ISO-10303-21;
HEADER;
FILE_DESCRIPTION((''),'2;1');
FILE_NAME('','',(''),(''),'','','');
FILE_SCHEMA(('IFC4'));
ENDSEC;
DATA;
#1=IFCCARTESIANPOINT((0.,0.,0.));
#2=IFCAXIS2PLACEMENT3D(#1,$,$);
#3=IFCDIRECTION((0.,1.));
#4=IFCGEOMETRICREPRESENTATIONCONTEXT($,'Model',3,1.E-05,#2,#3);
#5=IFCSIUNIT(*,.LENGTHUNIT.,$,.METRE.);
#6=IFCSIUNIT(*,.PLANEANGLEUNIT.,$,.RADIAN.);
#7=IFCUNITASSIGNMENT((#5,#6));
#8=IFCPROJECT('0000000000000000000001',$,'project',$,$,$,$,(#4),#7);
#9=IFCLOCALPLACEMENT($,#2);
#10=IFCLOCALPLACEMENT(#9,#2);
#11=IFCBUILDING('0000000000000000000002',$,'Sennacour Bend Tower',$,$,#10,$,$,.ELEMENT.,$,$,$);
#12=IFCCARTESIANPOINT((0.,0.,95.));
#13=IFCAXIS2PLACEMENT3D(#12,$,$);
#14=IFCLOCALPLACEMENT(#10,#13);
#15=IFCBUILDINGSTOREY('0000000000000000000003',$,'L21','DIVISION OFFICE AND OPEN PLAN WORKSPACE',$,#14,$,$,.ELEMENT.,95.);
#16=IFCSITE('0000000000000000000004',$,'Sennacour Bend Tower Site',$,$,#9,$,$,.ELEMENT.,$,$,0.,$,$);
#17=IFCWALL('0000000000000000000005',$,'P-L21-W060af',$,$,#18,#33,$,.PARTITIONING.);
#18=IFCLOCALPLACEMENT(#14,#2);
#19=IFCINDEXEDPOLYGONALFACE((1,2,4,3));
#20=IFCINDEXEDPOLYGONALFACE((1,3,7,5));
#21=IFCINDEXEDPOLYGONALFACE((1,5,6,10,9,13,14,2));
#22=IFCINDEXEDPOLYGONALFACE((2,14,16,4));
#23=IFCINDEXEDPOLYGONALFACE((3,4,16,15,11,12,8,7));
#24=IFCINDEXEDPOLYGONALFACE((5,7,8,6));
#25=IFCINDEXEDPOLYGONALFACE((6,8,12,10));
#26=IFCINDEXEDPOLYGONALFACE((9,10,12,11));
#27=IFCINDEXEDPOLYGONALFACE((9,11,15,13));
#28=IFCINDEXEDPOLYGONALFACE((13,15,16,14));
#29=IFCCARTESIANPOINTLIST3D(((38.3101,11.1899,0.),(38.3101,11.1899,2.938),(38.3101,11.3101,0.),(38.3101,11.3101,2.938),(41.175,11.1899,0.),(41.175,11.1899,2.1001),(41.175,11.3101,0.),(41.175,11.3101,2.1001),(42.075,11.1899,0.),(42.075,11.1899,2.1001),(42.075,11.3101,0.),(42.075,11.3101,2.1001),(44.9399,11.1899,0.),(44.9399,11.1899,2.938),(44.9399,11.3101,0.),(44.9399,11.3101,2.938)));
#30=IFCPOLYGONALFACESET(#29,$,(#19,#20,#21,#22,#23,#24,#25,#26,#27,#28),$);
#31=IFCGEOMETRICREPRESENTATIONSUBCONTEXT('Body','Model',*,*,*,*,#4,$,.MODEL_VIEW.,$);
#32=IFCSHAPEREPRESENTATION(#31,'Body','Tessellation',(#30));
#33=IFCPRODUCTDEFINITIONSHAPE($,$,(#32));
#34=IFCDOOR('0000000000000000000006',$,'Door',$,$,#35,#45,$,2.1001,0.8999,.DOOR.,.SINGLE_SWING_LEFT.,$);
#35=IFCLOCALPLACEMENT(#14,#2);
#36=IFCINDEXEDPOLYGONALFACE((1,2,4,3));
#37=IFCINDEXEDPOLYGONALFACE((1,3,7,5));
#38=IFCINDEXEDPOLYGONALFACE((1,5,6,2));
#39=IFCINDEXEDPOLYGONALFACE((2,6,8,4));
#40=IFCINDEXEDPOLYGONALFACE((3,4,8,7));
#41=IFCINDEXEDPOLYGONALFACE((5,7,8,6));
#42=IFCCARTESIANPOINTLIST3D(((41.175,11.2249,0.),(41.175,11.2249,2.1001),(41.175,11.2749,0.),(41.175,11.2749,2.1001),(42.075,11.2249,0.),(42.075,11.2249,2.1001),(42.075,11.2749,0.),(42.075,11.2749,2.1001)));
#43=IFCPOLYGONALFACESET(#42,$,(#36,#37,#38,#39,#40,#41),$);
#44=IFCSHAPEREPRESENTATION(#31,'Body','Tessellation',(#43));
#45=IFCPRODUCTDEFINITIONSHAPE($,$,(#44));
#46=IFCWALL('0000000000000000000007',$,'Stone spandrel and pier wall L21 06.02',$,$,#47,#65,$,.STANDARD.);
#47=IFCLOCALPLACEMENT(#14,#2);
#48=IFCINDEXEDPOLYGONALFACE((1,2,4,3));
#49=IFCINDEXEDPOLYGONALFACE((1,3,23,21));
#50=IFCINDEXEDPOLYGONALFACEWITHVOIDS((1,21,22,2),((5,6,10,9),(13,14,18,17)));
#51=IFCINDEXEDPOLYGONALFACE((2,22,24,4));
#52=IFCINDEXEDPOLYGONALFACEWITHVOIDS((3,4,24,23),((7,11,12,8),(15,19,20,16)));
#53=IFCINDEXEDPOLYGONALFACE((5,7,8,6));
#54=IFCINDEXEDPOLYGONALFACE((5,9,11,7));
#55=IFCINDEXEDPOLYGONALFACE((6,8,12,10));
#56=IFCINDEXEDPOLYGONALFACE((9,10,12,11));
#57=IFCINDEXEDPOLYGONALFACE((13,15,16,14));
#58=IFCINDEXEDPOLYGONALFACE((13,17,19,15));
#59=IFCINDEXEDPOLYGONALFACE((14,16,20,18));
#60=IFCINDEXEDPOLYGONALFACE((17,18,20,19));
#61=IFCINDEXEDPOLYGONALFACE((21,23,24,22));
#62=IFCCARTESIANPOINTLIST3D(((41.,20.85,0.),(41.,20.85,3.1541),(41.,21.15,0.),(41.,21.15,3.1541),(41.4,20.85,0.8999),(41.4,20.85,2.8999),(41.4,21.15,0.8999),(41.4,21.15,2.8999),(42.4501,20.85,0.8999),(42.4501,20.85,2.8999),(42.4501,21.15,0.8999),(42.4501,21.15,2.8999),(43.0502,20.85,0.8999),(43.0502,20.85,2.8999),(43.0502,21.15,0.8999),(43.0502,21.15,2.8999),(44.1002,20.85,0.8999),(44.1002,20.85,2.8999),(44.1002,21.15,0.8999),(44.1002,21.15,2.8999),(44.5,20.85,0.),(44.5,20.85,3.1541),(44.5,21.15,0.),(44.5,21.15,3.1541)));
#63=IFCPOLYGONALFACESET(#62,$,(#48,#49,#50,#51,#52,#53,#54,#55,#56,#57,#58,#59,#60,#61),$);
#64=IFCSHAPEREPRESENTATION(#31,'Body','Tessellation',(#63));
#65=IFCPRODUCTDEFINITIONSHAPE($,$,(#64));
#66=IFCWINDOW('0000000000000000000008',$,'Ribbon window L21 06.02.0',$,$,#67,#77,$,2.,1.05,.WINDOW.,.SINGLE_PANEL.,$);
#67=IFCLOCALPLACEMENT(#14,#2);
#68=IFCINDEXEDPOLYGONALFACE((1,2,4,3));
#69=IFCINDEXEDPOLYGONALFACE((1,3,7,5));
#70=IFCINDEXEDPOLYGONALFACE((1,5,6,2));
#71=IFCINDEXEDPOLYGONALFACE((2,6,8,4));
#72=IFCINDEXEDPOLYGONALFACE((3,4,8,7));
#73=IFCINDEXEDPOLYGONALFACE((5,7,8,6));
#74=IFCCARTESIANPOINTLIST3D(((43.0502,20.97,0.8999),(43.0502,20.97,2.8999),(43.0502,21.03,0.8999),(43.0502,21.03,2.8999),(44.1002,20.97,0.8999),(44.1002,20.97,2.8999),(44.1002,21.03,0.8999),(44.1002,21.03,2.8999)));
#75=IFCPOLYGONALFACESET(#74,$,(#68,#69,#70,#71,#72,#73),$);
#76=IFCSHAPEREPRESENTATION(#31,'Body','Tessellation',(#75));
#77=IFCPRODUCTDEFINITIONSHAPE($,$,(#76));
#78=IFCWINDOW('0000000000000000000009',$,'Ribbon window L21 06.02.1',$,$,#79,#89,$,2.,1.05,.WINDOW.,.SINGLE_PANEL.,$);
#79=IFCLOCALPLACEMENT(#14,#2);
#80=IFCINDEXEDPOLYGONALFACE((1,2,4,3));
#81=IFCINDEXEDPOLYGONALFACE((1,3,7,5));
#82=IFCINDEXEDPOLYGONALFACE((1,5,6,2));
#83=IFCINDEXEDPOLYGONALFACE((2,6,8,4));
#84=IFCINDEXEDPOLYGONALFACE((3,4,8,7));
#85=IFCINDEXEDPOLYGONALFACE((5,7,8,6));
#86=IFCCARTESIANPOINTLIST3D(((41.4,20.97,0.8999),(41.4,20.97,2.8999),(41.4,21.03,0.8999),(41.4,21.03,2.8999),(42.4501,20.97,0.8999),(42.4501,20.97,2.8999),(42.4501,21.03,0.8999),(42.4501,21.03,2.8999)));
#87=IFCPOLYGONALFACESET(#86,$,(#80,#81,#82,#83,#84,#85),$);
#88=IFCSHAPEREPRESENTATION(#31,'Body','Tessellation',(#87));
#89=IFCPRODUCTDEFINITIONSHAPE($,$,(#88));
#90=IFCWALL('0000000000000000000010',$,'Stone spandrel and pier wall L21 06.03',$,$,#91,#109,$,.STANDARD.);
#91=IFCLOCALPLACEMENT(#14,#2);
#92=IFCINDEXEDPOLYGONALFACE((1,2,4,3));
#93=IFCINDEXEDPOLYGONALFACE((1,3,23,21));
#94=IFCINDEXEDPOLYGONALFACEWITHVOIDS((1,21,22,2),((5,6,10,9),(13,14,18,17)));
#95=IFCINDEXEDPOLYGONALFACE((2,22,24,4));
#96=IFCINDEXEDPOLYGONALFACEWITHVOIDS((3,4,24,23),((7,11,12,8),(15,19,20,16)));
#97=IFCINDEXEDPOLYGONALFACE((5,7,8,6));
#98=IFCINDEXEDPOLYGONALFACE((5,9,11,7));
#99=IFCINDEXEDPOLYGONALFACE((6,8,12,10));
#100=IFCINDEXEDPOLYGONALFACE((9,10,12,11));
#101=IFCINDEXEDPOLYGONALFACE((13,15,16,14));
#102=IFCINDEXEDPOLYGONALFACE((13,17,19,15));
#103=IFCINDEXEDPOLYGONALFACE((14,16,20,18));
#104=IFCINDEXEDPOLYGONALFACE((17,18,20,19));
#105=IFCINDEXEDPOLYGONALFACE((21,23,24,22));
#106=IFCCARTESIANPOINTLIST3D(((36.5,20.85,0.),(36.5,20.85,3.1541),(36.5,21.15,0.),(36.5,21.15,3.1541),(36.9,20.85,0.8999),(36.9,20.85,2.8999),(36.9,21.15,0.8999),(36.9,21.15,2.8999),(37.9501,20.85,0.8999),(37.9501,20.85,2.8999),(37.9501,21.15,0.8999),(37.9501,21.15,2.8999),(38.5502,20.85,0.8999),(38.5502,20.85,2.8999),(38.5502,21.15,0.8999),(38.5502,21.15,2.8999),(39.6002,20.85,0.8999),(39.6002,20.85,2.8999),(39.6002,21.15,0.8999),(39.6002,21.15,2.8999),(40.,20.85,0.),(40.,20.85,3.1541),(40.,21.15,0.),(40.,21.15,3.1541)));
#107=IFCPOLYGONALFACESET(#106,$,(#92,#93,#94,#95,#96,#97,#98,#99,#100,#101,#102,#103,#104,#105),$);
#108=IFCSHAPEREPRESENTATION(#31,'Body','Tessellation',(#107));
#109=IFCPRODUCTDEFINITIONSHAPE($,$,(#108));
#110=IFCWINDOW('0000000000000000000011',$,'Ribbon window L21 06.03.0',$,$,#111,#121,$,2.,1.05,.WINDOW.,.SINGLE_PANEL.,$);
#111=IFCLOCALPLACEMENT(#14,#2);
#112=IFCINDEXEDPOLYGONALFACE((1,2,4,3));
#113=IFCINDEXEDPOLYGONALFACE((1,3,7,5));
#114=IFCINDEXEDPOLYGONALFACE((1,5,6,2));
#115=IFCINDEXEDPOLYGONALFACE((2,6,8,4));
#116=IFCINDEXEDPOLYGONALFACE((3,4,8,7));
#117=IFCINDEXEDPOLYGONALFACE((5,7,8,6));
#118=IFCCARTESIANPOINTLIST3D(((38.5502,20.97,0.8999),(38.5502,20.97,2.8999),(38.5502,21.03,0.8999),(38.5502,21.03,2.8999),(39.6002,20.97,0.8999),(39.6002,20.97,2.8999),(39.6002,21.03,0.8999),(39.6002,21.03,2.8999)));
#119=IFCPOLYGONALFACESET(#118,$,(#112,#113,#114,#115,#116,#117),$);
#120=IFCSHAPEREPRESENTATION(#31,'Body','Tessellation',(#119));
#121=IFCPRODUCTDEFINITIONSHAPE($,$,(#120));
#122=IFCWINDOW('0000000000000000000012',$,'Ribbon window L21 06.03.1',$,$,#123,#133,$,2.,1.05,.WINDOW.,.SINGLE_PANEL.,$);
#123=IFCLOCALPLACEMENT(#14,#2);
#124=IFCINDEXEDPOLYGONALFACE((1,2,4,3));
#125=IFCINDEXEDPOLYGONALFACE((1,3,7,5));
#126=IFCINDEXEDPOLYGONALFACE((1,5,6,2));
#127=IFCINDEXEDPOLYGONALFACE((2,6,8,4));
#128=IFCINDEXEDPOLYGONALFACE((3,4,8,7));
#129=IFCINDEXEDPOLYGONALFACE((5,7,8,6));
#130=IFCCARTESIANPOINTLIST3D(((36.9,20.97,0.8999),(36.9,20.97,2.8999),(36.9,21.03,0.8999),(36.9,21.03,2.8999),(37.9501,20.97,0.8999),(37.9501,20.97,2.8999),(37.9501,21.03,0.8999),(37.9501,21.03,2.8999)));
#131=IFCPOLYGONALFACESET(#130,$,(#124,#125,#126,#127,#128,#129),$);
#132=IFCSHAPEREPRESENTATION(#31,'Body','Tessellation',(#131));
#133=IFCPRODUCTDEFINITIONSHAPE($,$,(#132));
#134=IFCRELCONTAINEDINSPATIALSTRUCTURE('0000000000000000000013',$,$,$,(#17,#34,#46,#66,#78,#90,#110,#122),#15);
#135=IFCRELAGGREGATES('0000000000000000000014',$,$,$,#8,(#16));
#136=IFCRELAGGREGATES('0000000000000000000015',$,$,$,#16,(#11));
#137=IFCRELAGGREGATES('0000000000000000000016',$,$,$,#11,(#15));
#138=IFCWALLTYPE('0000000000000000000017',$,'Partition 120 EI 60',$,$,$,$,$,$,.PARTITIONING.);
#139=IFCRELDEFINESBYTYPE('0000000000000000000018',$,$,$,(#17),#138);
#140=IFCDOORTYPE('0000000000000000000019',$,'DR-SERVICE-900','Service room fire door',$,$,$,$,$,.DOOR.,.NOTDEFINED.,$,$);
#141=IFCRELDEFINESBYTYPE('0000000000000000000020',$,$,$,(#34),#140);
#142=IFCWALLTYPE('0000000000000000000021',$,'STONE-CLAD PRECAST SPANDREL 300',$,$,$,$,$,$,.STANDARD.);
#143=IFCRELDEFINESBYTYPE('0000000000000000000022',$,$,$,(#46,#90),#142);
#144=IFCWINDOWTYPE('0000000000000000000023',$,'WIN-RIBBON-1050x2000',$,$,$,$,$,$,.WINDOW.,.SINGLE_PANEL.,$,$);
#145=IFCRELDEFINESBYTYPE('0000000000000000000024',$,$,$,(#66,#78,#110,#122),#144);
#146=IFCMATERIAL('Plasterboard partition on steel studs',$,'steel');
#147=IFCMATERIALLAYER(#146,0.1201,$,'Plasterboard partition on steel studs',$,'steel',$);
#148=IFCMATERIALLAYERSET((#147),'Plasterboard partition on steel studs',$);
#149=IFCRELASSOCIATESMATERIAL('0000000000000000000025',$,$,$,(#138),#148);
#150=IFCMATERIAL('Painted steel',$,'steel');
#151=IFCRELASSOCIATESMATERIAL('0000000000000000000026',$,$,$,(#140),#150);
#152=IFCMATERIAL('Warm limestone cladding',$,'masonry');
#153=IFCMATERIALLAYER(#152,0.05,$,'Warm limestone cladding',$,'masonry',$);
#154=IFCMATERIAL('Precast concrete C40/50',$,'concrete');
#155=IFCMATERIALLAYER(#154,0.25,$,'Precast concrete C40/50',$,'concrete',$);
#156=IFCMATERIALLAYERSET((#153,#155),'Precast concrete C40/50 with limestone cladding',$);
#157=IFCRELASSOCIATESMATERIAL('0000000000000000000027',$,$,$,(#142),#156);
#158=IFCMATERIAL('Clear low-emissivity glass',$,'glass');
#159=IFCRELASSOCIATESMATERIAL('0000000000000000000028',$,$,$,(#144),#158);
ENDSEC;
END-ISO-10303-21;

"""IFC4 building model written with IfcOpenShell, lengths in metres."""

from ifc_helpers import new_model, si_unit, direction, frame, frame_2d, origin, place, context, subcontext, project, spatial, rectangle, extrude, material, layer, layer_set, type_object, element, fill, save


model = new_model("IFC4")

# Units and contexts
model_context = context("Model", 3, precision=1e-05, world=origin(), true_north=direction((0.0, 1.0)))
body_context = subcontext(model_context, "Body", "Model", "MODEL_VIEW")
ifc_project = project(units=[si_unit("LENGTHUNIT", "METRE"), si_unit("PLANEANGLEUNIT", "RADIAN")], contexts=[model_context])

# Site, building, storey
site_placement = place(None, origin())
site = spatial("IfcSite", under=ifc_project, at=site_placement, Name="Sennacour Bend Tower Site", CompositionType="ELEMENT", RefElevation=0.0)
building_placement = place(site_placement, origin())
building = spatial("IfcBuilding", under=site, at=building_placement, Name="Sennacour Bend Tower", CompositionType="ELEMENT")
storey_placement = place(building_placement, frame((0.0, 0.0, 95.0)))
storey = spatial("IfcBuildingStorey", under=building, at=storey_placement, Name="L21", Description="DIVISION OFFICE AND OPEN PLAN WORKSPACE", CompositionType="ELEMENT", Elevation=95.0)

# Shared definitions
ifc_material_1 = material(Name="Plasterboard partition on steel studs", Category="steel")

# Wall, opening, door
ifc_layer_1 = layer(ifc_material_1, 0.1201, Name="Plasterboard partition on steel studs", Category="steel")
ifc_layer_set_1 = layer_set([ifc_layer_1], Name="Plasterboard partition on steel studs")
wall_type_1 = type_object("IfcWallType", Name="Partition 120 EI 60", PredefinedType="PARTITIONING", material=ifc_layer_set_1)
wall_1_placement = place(storey_placement, frame((38.3101, 11.25, 0.0), z_axis=(0.0, 0.0, 1.0), x_axis=(1.0, 0.0, 0.0)))
wall_1 = element("IfcWall", 1, at=wall_1_placement, inside=storey, type_object=wall_type_1, Name="P-L21-W060af", PredefinedType="PARTITIONING", context=body_context, shape_type="SweptSolid", body=[
    extrude(rectangle(XDim=6.6299, YDim=0.1201, at=frame_2d((3.3149, 0.0))), origin(), (0.0, 0.0, 1.0), 2.938),
])
opening_1_placement = place(wall_1_placement, frame((2.865, 0.0, 0.0)))
opening_1 = element("IfcOpeningElement", 2, at=opening_1_placement, cuts=wall_1, PredefinedType="OPENING", context=body_context, shape_type="SweptSolid", body=[
    extrude(rectangle(XDim=0.8999, YDim=2.1001, at=frame_2d((0.45, 1.05))), frame((0.0, 0.0701, 0.0), z_axis=(0.0, -1.0, 0.0), x_axis=(1.0, 0.0, 0.0)), (0.0, 0.0, 1.0), 0.1401),
])
ifc_material_2 = material(Name="Painted steel", Category="steel")
door_type = type_object("IfcDoorType", Name="DR-SERVICE-900", Description="Service room fire door", OperationType="NOTDEFINED", PredefinedType="DOOR", material=ifc_material_2)
door_placement = place(opening_1_placement, origin())
door = element("IfcDoor", 3, at=door_placement, inside=storey, type_object=door_type, Name="Door", OperationType="SINGLE_SWING_LEFT", OverallHeight=2.1001, OverallWidth=0.8999, PredefinedType="DOOR", context=body_context, shape_type="SweptSolid", body=[
    extrude(rectangle(XDim=0.8999, YDim=2.1001, at=frame_2d((0.45, 1.05))), frame((0.0, 0.0249, 0.0), z_axis=(0.0, -1.0, 0.0), x_axis=(1.0, 0.0, 0.0)), (0.0, 0.0, 1.0), 0.05),
])
fill(opening_1, door)

# Walls, openings, windows
ifc_material_3 = material(Name="Warm limestone cladding", Category="masonry")
ifc_layer_2 = layer(ifc_material_3, 0.05, Name="Warm limestone cladding", Category="masonry")
ifc_material_4 = material(Name="Precast concrete C40/50", Category="concrete")
ifc_layer_3 = layer(ifc_material_4, 0.25, Name="Precast concrete C40/50", Category="concrete")
ifc_layer_set_2 = layer_set([ifc_layer_2, ifc_layer_3], Name="Precast concrete C40/50 with limestone cladding")
wall_type_2 = type_object("IfcWallType", Name="STONE-CLAD PRECAST SPANDREL 300", PredefinedType="STANDARD", material=ifc_layer_set_2)
wall_2_placement = place(storey_placement, frame((44.5, 21.0, 0.0), z_axis=(0.0, 0.0, 1.0), x_axis=(-1.0, 0.0, 0.0)))
wall_2 = element("IfcWall", 4, at=wall_2_placement, inside=storey, type_object=wall_type_2, Name="Stone spandrel and pier wall L21 06.02", PredefinedType="STANDARD", context=body_context, shape_type="SweptSolid", body=[
    extrude(rectangle(XDim=3.5, YDim=0.3, at=frame_2d((1.75, 0.0))), origin(), (0.0, 0.0, 1.0), 3.1541),
])
opening_2_placement = place(wall_2_placement, frame((0.3999, 0.0, 0.8999)))
opening_2 = element("IfcOpeningElement", 5, at=opening_2_placement, cuts=wall_2, PredefinedType="OPENING", context=body_context, shape_type="SweptSolid", body=[
    extrude(rectangle(XDim=1.05, YDim=2.0, at=frame_2d((0.5249, 1.0))), frame((0.0, 0.1602, 0.0), z_axis=(0.0, -1.0, 0.0), x_axis=(1.0, 0.0, 0.0)), (0.0, 0.0, 1.0), 0.3201),
])
opening_3_placement = place(wall_2_placement, frame((2.05, 0.0, 0.8999)))
opening_3 = element("IfcOpeningElement", 6, at=opening_3_placement, cuts=wall_2, PredefinedType="OPENING", context=body_context, shape_type="SweptSolid", body=[
    extrude(rectangle(XDim=1.05, YDim=2.0, at=frame_2d((0.5249, 1.0))), frame((0.0, 0.1602, 0.0), z_axis=(0.0, -1.0, 0.0), x_axis=(1.0, 0.0, 0.0)), (0.0, 0.0, 1.0), 0.3201),
])
ifc_material_5 = material(Name="Clear low-emissivity glass", Category="glass")
window_type = type_object("IfcWindowType", Name="WIN-RIBBON-1050x2000", PartitioningType="SINGLE_PANEL", PredefinedType="WINDOW", material=ifc_material_5)
window_1_placement = place(opening_2_placement, origin())
window_1 = element("IfcWindow", 7, at=window_1_placement, inside=storey, type_object=window_type, Name="Ribbon window L21 06.02.0", OverallHeight=2.0, OverallWidth=1.05, PartitioningType="SINGLE_PANEL", PredefinedType="WINDOW", context=body_context, shape_type="SweptSolid", body=[
    extrude(rectangle(XDim=1.05, YDim=2.0, at=frame_2d((0.5249, 1.0))), frame((0.0, 0.03, 0.0), z_axis=(0.0, -1.0, 0.0), x_axis=(1.0, 0.0, 0.0)), (0.0, 0.0, 1.0), 0.0601),
])
fill(opening_2, window_1)
window_2_placement = place(opening_3_placement, origin())
window_2 = element("IfcWindow", 8, at=window_2_placement, inside=storey, type_object=window_type, Name="Ribbon window L21 06.02.1", OverallHeight=2.0, OverallWidth=1.05, PartitioningType="SINGLE_PANEL", PredefinedType="WINDOW", context=body_context, shape_type="SweptSolid", body=[
    extrude(rectangle(XDim=1.05, YDim=2.0, at=frame_2d((0.5249, 1.0))), frame((0.0, 0.03, 0.0), z_axis=(0.0, -1.0, 0.0), x_axis=(1.0, 0.0, 0.0)), (0.0, 0.0, 1.0), 0.0601),
])
fill(opening_3, window_2)
wall_3_placement = place(storey_placement, frame((40.0, 21.0, 0.0), z_axis=(0.0, 0.0, 1.0), x_axis=(-1.0, 0.0, 0.0)))
wall_3 = element("IfcWall", 9, at=wall_3_placement, inside=storey, type_object=wall_type_2, Name="Stone spandrel and pier wall L21 06.03", PredefinedType="STANDARD", context=body_context, shape_type="SweptSolid", body=[
    extrude(rectangle(XDim=3.5, YDim=0.3, at=frame_2d((1.75, 0.0))), origin(), (0.0, 0.0, 1.0), 3.1541),
])
opening_4_placement = place(wall_3_placement, frame((0.3999, 0.0, 0.8999)))
opening_4 = element("IfcOpeningElement", 10, at=opening_4_placement, cuts=wall_3, PredefinedType="OPENING", context=body_context, shape_type="SweptSolid", body=[
    extrude(rectangle(XDim=1.05, YDim=2.0, at=frame_2d((0.5249, 1.0))), frame((0.0, 0.1602, 0.0), z_axis=(0.0, -1.0, 0.0), x_axis=(1.0, 0.0, 0.0)), (0.0, 0.0, 1.0), 0.3201),
])
opening_5_placement = place(wall_3_placement, frame((2.05, 0.0, 0.8999)))
opening_5 = element("IfcOpeningElement", 11, at=opening_5_placement, cuts=wall_3, PredefinedType="OPENING", context=body_context, shape_type="SweptSolid", body=[
    extrude(rectangle(XDim=1.05, YDim=2.0, at=frame_2d((0.5249, 1.0))), frame((0.0, 0.1602, 0.0), z_axis=(0.0, -1.0, 0.0), x_axis=(1.0, 0.0, 0.0)), (0.0, 0.0, 1.0), 0.3201),
])
window_3_placement = place(opening_4_placement, origin())
window_3 = element("IfcWindow", 12, at=window_3_placement, inside=storey, type_object=window_type, Name="Ribbon window L21 06.03.0", OverallHeight=2.0, OverallWidth=1.05, PartitioningType="SINGLE_PANEL", PredefinedType="WINDOW", context=body_context, shape_type="SweptSolid", body=[
    extrude(rectangle(XDim=1.05, YDim=2.0, at=frame_2d((0.5249, 1.0))), frame((0.0, 0.03, 0.0), z_axis=(0.0, -1.0, 0.0), x_axis=(1.0, 0.0, 0.0)), (0.0, 0.0, 1.0), 0.0601),
])
fill(opening_4, window_3)
window_4_placement = place(opening_5_placement, origin())
window_4 = element("IfcWindow", 13, at=window_4_placement, inside=storey, type_object=window_type, Name="Ribbon window L21 06.03.1", OverallHeight=2.0, OverallWidth=1.05, PartitioningType="SINGLE_PANEL", PredefinedType="WINDOW", context=body_context, shape_type="SweptSolid", body=[
    extrude(rectangle(XDim=1.05, YDim=2.0, at=frame_2d((0.5249, 1.0))), frame((0.0, 0.03, 0.0), z_axis=(0.0, -1.0, 0.0), x_axis=(1.0, 0.0, 0.0)), (0.0, 0.0, 1.0), 0.0601),
])
fill(opening_5, window_4)

save(model, "model.ifc")
